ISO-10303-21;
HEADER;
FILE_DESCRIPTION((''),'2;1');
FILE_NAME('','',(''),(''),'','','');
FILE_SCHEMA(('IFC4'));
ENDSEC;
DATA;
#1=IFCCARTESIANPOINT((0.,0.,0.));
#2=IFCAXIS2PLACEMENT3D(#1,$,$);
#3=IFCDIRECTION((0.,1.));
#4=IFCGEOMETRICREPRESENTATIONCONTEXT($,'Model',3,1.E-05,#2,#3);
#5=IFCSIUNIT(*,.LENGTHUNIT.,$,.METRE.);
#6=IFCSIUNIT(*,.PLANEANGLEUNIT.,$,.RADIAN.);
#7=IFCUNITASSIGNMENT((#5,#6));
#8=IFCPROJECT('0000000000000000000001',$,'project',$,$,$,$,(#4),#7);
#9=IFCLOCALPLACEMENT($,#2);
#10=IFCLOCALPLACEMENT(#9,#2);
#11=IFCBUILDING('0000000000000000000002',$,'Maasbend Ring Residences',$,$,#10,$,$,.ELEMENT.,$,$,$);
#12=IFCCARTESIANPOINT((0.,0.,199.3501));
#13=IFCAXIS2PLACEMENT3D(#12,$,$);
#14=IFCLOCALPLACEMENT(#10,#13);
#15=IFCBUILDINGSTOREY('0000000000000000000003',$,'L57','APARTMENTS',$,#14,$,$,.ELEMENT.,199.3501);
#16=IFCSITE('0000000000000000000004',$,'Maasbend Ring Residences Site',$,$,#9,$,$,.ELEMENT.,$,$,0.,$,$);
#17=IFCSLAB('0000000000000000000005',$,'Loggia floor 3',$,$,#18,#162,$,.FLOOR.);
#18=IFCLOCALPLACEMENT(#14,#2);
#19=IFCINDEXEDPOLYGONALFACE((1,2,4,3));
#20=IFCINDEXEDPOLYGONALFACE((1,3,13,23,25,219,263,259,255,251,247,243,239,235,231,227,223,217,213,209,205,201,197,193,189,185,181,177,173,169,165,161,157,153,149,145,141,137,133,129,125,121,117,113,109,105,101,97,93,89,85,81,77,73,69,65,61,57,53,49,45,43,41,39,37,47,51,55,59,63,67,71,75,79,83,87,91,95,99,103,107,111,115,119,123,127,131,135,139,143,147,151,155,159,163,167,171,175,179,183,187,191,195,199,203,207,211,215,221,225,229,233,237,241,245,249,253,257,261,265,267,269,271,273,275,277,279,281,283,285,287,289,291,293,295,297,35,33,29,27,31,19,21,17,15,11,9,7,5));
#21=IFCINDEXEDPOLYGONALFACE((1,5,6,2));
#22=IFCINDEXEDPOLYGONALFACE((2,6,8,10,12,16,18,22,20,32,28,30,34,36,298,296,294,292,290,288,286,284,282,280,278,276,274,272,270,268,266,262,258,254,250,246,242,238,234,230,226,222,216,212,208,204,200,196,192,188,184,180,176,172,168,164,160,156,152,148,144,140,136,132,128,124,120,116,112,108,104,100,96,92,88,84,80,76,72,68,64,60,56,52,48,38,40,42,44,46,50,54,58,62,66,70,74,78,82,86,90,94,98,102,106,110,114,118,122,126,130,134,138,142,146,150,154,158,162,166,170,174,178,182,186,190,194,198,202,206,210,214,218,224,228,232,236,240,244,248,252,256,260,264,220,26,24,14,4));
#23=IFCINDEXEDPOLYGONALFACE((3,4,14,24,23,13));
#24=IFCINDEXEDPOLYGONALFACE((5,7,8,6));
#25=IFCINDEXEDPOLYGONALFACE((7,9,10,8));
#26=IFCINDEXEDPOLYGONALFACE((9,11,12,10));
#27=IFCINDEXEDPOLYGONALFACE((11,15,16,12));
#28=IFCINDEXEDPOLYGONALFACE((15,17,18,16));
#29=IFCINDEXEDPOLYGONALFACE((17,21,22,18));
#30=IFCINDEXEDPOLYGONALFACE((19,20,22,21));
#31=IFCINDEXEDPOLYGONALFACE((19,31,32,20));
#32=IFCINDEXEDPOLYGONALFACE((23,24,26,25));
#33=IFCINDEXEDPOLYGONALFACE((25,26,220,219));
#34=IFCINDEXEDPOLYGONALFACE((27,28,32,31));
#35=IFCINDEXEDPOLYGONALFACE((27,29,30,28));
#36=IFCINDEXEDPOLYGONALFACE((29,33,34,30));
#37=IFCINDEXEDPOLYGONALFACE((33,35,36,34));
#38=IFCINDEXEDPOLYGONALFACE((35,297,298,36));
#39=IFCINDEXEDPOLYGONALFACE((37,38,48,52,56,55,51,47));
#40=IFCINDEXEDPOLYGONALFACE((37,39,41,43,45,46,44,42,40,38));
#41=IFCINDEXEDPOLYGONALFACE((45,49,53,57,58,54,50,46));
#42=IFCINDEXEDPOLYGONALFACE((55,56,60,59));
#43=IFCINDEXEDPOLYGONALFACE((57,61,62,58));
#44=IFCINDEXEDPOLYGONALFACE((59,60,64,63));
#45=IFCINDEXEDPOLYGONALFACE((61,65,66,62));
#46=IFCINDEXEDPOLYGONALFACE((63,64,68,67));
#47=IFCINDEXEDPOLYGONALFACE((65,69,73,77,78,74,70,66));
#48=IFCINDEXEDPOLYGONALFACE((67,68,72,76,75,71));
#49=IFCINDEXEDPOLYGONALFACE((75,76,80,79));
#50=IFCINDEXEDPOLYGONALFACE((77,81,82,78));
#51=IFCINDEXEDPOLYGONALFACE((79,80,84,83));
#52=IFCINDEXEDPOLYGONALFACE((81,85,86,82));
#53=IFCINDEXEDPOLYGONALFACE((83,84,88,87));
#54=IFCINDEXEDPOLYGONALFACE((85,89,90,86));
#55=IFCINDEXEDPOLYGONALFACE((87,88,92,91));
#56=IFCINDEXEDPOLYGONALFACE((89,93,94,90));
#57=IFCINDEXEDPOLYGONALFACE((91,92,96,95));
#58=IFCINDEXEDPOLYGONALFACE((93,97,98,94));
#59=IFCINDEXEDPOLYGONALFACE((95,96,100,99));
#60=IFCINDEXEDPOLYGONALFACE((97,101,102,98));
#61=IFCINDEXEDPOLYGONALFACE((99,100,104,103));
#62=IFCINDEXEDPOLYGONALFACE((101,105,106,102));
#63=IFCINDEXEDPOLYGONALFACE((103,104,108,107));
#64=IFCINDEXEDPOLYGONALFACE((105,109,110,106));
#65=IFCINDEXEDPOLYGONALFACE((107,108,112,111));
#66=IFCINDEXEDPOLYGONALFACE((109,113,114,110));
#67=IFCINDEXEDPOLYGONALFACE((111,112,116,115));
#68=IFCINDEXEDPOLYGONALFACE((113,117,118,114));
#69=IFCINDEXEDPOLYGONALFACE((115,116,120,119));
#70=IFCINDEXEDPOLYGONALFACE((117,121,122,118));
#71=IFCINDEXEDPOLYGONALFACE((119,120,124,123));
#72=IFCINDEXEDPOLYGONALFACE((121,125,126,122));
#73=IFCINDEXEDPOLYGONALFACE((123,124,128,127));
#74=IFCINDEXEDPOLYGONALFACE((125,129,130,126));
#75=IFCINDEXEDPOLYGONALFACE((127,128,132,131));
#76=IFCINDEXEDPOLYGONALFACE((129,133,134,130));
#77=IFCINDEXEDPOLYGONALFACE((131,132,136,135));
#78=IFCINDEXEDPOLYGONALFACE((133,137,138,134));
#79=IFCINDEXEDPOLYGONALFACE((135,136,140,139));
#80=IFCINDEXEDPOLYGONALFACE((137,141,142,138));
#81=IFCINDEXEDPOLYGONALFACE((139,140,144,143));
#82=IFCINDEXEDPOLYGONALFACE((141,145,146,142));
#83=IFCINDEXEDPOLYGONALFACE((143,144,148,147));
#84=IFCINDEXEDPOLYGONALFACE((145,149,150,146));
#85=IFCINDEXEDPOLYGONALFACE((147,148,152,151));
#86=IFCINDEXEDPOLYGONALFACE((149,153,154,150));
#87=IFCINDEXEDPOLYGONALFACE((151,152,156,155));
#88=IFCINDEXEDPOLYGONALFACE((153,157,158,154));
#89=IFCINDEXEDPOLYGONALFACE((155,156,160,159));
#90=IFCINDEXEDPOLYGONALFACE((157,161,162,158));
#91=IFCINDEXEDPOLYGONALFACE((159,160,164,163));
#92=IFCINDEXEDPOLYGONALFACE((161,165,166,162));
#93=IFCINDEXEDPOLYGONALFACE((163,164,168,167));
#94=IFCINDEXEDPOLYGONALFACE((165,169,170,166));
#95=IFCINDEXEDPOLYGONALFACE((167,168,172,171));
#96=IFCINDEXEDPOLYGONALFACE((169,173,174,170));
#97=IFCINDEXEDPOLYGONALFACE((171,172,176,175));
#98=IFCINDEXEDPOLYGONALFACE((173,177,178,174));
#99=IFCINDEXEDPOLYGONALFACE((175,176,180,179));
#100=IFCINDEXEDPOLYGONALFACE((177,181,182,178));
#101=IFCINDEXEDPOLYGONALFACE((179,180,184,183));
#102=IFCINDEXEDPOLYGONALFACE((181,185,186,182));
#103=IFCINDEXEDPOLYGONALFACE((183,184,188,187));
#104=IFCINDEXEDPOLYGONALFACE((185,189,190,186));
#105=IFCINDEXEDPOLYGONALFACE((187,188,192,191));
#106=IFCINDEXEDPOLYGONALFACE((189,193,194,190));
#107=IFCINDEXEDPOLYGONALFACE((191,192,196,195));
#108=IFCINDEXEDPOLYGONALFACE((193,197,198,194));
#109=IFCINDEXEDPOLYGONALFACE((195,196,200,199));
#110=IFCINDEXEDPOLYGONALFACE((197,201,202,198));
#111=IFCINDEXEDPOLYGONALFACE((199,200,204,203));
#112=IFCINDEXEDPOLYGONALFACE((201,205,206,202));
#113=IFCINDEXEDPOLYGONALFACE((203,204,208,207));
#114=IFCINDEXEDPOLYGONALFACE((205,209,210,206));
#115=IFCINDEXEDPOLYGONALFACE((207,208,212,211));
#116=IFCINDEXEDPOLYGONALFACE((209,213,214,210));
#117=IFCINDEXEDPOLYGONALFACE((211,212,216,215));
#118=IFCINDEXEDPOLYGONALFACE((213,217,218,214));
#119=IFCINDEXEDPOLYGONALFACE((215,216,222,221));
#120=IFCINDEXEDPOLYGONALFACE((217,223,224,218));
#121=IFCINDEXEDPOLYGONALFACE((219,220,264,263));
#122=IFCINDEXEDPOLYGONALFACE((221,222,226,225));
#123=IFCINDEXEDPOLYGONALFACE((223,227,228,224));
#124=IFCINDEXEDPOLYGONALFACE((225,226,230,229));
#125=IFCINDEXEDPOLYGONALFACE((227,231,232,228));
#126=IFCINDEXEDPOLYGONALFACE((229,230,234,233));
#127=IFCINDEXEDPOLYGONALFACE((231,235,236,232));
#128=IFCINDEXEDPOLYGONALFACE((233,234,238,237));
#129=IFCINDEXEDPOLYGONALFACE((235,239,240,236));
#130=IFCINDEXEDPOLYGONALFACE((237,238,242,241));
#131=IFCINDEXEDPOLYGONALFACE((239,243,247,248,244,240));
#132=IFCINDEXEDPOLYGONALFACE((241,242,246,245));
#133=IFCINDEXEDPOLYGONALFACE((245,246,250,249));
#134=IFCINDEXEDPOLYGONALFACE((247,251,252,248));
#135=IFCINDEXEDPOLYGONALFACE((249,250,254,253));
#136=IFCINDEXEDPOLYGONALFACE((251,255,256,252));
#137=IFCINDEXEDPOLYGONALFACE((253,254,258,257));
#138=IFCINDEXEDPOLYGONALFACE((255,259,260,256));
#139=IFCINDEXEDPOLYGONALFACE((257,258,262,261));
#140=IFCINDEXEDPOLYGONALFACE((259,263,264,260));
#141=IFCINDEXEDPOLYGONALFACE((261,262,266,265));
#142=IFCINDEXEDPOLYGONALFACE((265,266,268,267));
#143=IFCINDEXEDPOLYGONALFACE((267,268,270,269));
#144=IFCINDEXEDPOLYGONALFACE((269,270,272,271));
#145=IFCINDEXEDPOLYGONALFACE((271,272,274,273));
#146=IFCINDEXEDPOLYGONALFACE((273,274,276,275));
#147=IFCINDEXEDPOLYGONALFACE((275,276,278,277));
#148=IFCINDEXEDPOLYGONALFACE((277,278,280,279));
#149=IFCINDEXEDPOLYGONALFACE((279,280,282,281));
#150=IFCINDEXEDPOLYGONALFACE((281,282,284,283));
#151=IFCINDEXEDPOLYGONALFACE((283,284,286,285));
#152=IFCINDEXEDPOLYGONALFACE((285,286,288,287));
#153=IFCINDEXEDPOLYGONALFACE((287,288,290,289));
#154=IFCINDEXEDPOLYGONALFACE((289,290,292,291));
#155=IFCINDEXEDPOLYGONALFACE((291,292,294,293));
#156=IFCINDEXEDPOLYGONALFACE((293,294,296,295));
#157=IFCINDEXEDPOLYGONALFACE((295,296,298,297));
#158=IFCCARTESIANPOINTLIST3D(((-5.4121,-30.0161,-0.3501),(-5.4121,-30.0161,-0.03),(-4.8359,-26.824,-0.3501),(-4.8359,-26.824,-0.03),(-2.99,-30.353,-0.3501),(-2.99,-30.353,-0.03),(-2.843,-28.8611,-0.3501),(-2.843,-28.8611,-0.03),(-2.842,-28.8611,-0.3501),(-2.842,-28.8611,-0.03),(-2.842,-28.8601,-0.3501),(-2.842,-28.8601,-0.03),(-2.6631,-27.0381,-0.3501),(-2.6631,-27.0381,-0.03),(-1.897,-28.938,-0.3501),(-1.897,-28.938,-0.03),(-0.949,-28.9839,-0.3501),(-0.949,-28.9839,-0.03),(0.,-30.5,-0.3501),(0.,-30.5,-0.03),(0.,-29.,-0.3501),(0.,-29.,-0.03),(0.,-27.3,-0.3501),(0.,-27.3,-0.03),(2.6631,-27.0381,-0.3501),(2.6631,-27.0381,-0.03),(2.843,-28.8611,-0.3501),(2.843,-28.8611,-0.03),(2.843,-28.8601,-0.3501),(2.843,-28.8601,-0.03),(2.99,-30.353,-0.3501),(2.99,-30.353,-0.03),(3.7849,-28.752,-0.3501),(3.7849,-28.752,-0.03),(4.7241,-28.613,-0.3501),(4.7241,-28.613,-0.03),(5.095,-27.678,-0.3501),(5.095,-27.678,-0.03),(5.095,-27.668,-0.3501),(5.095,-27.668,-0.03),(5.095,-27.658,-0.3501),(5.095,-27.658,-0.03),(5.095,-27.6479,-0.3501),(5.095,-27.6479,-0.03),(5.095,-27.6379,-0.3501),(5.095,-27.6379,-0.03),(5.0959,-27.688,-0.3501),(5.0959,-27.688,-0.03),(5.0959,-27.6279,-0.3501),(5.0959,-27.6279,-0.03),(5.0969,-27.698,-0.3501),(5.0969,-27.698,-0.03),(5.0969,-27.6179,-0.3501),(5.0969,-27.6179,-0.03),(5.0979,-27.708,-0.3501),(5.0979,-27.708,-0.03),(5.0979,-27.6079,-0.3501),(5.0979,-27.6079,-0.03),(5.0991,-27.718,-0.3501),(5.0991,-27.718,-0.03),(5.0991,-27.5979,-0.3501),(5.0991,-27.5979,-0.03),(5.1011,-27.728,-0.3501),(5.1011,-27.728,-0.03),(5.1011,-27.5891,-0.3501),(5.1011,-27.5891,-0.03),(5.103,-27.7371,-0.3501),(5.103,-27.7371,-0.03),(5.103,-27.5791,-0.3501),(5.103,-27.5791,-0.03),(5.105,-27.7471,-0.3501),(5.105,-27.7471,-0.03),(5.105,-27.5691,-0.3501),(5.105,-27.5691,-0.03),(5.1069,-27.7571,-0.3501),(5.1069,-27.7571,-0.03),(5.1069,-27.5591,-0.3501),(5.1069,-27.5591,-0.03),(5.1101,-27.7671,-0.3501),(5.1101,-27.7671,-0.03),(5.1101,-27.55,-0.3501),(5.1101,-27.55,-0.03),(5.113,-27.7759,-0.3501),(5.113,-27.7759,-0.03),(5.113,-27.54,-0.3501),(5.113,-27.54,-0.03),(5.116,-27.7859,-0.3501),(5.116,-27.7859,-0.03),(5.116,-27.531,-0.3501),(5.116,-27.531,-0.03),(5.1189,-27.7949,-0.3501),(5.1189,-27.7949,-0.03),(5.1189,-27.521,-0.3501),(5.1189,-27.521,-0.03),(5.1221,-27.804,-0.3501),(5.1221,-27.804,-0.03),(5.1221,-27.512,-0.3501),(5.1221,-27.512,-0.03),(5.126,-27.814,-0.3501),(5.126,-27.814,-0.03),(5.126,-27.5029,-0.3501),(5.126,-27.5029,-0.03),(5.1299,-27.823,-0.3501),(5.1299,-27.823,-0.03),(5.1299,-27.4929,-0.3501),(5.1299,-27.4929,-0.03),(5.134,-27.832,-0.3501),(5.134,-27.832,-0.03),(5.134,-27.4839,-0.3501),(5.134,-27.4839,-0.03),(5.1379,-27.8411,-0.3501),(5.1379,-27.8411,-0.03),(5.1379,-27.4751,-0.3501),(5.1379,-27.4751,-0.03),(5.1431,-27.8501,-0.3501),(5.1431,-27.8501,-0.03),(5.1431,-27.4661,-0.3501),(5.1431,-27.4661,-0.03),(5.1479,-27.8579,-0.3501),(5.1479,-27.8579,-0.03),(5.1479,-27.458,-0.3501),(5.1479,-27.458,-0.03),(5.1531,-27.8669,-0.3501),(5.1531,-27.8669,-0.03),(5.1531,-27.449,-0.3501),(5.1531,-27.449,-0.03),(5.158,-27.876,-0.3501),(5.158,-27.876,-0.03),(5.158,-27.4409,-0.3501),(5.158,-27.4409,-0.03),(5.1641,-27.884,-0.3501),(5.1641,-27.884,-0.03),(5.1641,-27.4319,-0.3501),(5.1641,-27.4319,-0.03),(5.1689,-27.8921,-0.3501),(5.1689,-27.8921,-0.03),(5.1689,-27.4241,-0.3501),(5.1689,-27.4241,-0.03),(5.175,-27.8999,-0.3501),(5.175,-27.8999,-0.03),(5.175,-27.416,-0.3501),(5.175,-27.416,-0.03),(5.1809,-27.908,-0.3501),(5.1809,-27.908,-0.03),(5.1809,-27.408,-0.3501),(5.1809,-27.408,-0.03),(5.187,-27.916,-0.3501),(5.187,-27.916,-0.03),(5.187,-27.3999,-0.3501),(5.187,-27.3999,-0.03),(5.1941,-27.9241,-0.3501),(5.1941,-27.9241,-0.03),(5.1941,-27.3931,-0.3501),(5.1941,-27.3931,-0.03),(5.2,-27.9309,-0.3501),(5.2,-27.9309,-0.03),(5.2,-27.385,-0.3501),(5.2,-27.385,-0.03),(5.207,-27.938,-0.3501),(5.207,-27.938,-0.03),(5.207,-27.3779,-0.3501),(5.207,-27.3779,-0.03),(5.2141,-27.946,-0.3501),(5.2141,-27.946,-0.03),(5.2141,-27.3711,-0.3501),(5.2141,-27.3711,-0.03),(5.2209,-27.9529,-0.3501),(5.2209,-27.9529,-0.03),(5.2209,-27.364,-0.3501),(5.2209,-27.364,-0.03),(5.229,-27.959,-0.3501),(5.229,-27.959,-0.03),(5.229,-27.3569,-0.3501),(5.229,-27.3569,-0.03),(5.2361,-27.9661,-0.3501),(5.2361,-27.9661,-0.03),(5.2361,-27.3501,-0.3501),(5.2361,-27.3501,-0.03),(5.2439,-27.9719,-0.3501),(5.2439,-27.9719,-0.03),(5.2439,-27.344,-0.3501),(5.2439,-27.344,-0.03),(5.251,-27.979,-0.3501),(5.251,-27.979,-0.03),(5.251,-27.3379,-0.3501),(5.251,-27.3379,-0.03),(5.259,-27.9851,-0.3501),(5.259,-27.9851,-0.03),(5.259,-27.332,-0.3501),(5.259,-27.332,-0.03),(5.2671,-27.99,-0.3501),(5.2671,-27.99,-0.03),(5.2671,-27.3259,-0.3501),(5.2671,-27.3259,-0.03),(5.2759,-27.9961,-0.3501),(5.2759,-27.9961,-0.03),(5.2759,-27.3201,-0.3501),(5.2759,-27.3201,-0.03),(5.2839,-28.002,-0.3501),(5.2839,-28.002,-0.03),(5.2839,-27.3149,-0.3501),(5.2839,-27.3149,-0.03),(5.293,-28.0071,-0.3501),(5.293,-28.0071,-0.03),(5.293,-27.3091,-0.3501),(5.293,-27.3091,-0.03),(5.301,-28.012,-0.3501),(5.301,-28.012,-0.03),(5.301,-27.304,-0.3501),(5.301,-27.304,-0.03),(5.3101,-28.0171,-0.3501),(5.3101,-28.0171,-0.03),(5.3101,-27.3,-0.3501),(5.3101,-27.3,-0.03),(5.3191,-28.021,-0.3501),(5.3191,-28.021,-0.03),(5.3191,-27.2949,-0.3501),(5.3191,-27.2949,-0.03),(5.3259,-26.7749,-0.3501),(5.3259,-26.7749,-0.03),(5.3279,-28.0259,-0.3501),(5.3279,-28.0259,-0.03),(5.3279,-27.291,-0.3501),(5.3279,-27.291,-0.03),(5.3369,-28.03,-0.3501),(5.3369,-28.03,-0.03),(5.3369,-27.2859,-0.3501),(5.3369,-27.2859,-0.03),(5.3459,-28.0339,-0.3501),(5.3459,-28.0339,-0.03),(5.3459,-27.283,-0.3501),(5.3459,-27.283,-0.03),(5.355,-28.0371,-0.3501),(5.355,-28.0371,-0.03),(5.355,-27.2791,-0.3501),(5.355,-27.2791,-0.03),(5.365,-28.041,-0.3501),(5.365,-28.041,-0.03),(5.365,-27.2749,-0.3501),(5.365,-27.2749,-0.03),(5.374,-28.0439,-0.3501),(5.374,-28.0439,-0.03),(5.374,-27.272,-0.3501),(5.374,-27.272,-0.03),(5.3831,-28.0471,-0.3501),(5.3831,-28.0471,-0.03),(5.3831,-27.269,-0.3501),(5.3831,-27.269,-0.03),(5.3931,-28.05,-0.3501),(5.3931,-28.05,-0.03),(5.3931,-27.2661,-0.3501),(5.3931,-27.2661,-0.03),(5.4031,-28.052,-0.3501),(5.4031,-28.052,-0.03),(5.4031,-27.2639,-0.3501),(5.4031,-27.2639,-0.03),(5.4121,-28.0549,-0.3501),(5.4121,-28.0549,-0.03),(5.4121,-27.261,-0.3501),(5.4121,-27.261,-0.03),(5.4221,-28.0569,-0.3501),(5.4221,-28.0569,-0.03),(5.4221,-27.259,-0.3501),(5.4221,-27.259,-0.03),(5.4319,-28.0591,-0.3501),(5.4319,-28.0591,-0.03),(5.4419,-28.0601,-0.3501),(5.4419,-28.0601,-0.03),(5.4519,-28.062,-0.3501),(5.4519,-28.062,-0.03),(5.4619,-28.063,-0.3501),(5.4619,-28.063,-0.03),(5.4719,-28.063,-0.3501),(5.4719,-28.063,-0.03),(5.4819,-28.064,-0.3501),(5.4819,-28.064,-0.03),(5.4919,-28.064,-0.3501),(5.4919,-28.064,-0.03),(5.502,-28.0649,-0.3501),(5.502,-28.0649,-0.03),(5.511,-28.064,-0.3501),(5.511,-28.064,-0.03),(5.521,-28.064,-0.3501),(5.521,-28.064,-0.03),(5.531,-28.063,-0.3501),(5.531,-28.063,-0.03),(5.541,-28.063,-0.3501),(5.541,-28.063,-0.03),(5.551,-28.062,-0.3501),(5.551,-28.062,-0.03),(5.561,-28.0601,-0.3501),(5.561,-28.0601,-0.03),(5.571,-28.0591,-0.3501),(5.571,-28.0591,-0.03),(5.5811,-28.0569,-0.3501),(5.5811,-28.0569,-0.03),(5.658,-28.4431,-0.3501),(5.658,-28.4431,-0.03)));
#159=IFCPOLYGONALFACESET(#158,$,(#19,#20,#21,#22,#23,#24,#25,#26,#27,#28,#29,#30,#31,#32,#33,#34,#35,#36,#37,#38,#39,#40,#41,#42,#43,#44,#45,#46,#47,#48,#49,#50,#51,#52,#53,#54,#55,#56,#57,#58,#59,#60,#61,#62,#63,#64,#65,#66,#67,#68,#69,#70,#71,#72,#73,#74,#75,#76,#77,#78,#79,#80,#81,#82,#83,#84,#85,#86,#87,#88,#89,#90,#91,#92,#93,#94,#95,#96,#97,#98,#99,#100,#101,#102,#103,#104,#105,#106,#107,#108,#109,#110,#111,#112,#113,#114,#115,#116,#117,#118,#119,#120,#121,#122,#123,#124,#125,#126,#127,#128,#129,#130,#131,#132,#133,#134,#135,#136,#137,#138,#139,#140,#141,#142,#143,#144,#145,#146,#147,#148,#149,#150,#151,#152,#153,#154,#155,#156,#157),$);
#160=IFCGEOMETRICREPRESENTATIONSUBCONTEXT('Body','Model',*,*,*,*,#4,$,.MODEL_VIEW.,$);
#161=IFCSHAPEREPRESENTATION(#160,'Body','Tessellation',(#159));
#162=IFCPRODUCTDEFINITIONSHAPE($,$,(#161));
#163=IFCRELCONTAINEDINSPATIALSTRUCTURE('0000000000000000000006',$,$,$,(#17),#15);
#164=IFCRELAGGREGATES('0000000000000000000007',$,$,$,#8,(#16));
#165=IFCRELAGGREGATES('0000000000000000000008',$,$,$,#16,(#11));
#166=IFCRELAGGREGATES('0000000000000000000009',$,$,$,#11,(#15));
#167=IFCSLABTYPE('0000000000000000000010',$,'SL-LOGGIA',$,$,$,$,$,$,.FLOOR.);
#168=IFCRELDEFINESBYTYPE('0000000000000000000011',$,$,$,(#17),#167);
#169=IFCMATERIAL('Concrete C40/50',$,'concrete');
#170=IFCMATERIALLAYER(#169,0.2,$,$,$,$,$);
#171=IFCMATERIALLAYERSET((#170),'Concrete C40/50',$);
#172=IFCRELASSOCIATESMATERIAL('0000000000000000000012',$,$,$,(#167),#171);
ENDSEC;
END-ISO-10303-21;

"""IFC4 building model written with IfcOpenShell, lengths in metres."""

from ifc_helpers import new_model, si_unit, direction, frame, origin, place, context, subcontext, project, spatial, polyline, outline, extrude, material, layer, layer_set, type_object, element, save


model = new_model("IFC4")

# Units and contexts
model_context = context("Model", 3, precision=1e-05, world=origin(), true_north=direction((0.0, 1.0)))
body_context = subcontext(model_context, "Body", "Model", "MODEL_VIEW")
ifc_project = project(units=[si_unit("LENGTHUNIT", "METRE"), si_unit("PLANEANGLEUNIT", "RADIAN")], contexts=[model_context])

# Site, building, storey
site_placement = place(None, origin())
site = spatial("IfcSite", under=ifc_project, at=site_placement, Name="Maasbend Ring Residences Site", CompositionType="ELEMENT", RefElevation=0.0)
building_placement = place(site_placement, origin())
building = spatial("IfcBuilding", under=site, at=building_placement, Name="Maasbend Ring Residences", CompositionType="ELEMENT")
storey_placement = place(building_placement, frame((0.0, 0.0, 199.3501)))
storey = spatial("IfcBuildingStorey", under=building, at=storey_placement, Name="L57", Description="APARTMENTS", CompositionType="ELEMENT", Elevation=199.3501)

# Slab
ifc_material_1 = material(Name="Concrete C40/50", Category="concrete")
ifc_layer_1 = layer(ifc_material_1, 0.2)
ifc_layer_set_1 = layer_set([ifc_layer_1], Name="Concrete C40/50")
slab_type = type_object("IfcSlabType", Name="SL-LOGGIA", PredefinedType="FLOOR", material=ifc_layer_set_1)
slab_1_placement = place(storey_placement, frame((0.0, 0.0, -0.3501)))
element("IfcSlab", 1, at=slab_1_placement, inside=storey, type_object=slab_type, Name="Loggia floor 3", PredefinedType="FLOOR", context=body_context, shape_type="SweptSolid", body=[
    extrude(outline(polyline([(-2.6631, -27.0381), (0.0, -27.3), (0.0, -27.3), (0.0, -27.3), (2.6631, -27.0381), (5.3259, -26.7749), (5.3259, -26.7749), (5.3259, -26.7749), (5.4221, -27.259), (5.4221, -27.259), (5.4121, -27.261), (5.4031, -27.2639), (5.3931, -27.2661), (5.3831, -27.269), (5.374, -27.272), (5.365, -27.2749), (5.355, -27.2791), (5.3459, -27.283), (5.3369, -27.2859), (5.3279, -27.291), (5.3191, -27.2949), (5.3101, -27.3), (5.301, -27.304), (5.293, -27.3091), (5.2839, -27.3149), (5.2759, -27.3201), (5.2671, -27.3259), (5.259, -27.332), (5.251, -27.3379), (5.2439, -27.344), (5.2361, -27.3501), (5.229, -27.3569), (5.2209, -27.364), (5.2141, -27.3711), (5.207, -27.3779), (5.2, -27.385), (5.1941, -27.3931), (5.187, -27.3999), (5.1809, -27.408), (5.175, -27.416), (5.1689, -27.4241), (5.1641, -27.4319), (5.158, -27.4409), (5.1531, -27.449), (5.1479, -27.458), (5.1431, -27.4661), (5.1379, -27.4751), (5.134, -27.4839), (5.1299, -27.4929), (5.126, -27.5029), (5.1221, -27.512), (5.1189, -27.521), (5.116, -27.531), (5.113, -27.54), (5.1101, -27.55), (5.1069, -27.5591), (5.105, -27.5691), (5.103, -27.5791), (5.1011, -27.5891), (5.0991, -27.5979), (5.0979, -27.6079), (5.0969, -27.6179), (5.0959, -27.6279), (5.095, -27.6379), (5.095, -27.6479), (5.095, -27.658), (5.095, -27.668), (5.095, -27.678), (5.0959, -27.688), (5.0969, -27.698), (5.0979, -27.708), (5.0991, -27.718), (5.1011, -27.728), (5.103, -27.7371), (5.105, -27.7471), (5.1069, -27.7571), (5.1101, -27.7671), (5.113, -27.7759), (5.116, -27.7859), (5.1189, -27.7949), (5.1221, -27.804), (5.126, -27.814), (5.1299, -27.823), (5.134, -27.832), (5.1379, -27.8411), (5.1431, -27.8501), (5.1479, -27.8579), (5.1531, -27.8669), (5.158, -27.876), (5.1641, -27.884), (5.1689, -27.8921), (5.175, -27.8999), (5.1809, -27.908), (5.187, -27.916), (5.1941, -27.9241), (5.2, -27.9309), (5.207, -27.938), (5.2141, -27.946), (5.2209, -27.9529), (5.229, -27.959), (5.2361, -27.9661), (5.2439, -27.9719), (5.251, -27.979), (5.259, -27.9851), (5.2671, -27.99), (5.2759, -27.9961), (5.2839, -28.002), (5.293, -28.0071), (5.301, -28.012), (5.3101, -28.0171), (5.3191, -28.021), (5.3279, -28.0259), (5.3369, -28.03), (5.3459, -28.0339), (5.355, -28.0371), (5.365, -28.041), (5.374, -28.0439), (5.3831, -28.0471), (5.3931, -28.05), (5.4031, -28.052), (5.4121, -28.0549), (5.4221, -28.0569), (5.4319, -28.0591), (5.4419, -28.0601), (5.4519, -28.062), (5.4619, -28.063), (5.4719, -28.063), (5.4819, -28.064), (5.4919, -28.064), (5.502, -28.0649), (5.511, -28.064), (5.521, -28.064), (5.531, -28.063), (5.541, -28.063), (5.551, -28.062), (5.561, -28.0601), (5.571, -28.0591), (5.5811, -28.0569), (5.5811, -28.0569), (5.658, -28.4431), (5.658, -28.4431), (5.658, -28.4431), (4.7241, -28.613), (4.7241, -28.613), (3.7849, -28.752), (3.7849, -28.752), (2.843, -28.8601), (2.843, -28.8601), (2.843, -28.8601), (2.843, -28.8601), (2.843, -28.8601), (2.843, -28.8601), (2.843, -28.8601), (2.843, -28.8601), (2.843, -28.8601), (2.843, -28.8611), (2.843, -28.8611), (2.843, -28.8611), (2.843, -28.8611), (2.843, -28.8611), (2.843, -28.8611), (2.843, -28.8611), (2.843, -28.8611), (2.99, -30.353), (2.99, -30.353), (2.99, -30.353), (0.0, -30.5), (0.0, -30.5), (0.0, -30.5), (0.0, -29.0), (0.0, -29.0), (0.0, -29.0), (0.0, -29.0), (0.0, -29.0), (0.0, -29.0), (0.0, -29.0), (0.0, -29.0), (0.0, -29.0), (0.0, -29.0), (0.0, -29.0), (0.0, -29.0), (0.0, -29.0), (0.0, -29.0), (0.0, -29.0), (0.0, -29.0), (0.0, -29.0), (-0.949, -28.9839), (-0.949, -28.9839), (-1.897, -28.938), (-1.897, -28.938), (-2.842, -28.8601), (-2.842, -28.8601), (-2.842, -28.8601), (-2.842, -28.8601), (-2.842, -28.8601), (-2.842, -28.8601), (-2.842, -28.8601), (-2.842, -28.8601), (-2.842, -28.8611), (-2.842, -28.8611), (-2.842, -28.8611), (-2.842, -28.8611), (-2.842, -28.8611), (-2.843, -28.8611), (-2.843, -28.8611), (-2.843, -28.8611), (-2.843, -28.8611), (-2.99, -30.353), (-2.99, -30.353), (-2.99, -30.353), (-5.4121, -30.0161), (-5.4121, -30.0161), (-5.4121, -30.0161), (-4.8359, -26.824), (-4.8359, -26.824), (-4.8359, -26.824), (-2.6631, -27.0381)])), origin(), (0.0, 0.0, 1.0), 0.3201),
])

save(model, "model.ifc")
